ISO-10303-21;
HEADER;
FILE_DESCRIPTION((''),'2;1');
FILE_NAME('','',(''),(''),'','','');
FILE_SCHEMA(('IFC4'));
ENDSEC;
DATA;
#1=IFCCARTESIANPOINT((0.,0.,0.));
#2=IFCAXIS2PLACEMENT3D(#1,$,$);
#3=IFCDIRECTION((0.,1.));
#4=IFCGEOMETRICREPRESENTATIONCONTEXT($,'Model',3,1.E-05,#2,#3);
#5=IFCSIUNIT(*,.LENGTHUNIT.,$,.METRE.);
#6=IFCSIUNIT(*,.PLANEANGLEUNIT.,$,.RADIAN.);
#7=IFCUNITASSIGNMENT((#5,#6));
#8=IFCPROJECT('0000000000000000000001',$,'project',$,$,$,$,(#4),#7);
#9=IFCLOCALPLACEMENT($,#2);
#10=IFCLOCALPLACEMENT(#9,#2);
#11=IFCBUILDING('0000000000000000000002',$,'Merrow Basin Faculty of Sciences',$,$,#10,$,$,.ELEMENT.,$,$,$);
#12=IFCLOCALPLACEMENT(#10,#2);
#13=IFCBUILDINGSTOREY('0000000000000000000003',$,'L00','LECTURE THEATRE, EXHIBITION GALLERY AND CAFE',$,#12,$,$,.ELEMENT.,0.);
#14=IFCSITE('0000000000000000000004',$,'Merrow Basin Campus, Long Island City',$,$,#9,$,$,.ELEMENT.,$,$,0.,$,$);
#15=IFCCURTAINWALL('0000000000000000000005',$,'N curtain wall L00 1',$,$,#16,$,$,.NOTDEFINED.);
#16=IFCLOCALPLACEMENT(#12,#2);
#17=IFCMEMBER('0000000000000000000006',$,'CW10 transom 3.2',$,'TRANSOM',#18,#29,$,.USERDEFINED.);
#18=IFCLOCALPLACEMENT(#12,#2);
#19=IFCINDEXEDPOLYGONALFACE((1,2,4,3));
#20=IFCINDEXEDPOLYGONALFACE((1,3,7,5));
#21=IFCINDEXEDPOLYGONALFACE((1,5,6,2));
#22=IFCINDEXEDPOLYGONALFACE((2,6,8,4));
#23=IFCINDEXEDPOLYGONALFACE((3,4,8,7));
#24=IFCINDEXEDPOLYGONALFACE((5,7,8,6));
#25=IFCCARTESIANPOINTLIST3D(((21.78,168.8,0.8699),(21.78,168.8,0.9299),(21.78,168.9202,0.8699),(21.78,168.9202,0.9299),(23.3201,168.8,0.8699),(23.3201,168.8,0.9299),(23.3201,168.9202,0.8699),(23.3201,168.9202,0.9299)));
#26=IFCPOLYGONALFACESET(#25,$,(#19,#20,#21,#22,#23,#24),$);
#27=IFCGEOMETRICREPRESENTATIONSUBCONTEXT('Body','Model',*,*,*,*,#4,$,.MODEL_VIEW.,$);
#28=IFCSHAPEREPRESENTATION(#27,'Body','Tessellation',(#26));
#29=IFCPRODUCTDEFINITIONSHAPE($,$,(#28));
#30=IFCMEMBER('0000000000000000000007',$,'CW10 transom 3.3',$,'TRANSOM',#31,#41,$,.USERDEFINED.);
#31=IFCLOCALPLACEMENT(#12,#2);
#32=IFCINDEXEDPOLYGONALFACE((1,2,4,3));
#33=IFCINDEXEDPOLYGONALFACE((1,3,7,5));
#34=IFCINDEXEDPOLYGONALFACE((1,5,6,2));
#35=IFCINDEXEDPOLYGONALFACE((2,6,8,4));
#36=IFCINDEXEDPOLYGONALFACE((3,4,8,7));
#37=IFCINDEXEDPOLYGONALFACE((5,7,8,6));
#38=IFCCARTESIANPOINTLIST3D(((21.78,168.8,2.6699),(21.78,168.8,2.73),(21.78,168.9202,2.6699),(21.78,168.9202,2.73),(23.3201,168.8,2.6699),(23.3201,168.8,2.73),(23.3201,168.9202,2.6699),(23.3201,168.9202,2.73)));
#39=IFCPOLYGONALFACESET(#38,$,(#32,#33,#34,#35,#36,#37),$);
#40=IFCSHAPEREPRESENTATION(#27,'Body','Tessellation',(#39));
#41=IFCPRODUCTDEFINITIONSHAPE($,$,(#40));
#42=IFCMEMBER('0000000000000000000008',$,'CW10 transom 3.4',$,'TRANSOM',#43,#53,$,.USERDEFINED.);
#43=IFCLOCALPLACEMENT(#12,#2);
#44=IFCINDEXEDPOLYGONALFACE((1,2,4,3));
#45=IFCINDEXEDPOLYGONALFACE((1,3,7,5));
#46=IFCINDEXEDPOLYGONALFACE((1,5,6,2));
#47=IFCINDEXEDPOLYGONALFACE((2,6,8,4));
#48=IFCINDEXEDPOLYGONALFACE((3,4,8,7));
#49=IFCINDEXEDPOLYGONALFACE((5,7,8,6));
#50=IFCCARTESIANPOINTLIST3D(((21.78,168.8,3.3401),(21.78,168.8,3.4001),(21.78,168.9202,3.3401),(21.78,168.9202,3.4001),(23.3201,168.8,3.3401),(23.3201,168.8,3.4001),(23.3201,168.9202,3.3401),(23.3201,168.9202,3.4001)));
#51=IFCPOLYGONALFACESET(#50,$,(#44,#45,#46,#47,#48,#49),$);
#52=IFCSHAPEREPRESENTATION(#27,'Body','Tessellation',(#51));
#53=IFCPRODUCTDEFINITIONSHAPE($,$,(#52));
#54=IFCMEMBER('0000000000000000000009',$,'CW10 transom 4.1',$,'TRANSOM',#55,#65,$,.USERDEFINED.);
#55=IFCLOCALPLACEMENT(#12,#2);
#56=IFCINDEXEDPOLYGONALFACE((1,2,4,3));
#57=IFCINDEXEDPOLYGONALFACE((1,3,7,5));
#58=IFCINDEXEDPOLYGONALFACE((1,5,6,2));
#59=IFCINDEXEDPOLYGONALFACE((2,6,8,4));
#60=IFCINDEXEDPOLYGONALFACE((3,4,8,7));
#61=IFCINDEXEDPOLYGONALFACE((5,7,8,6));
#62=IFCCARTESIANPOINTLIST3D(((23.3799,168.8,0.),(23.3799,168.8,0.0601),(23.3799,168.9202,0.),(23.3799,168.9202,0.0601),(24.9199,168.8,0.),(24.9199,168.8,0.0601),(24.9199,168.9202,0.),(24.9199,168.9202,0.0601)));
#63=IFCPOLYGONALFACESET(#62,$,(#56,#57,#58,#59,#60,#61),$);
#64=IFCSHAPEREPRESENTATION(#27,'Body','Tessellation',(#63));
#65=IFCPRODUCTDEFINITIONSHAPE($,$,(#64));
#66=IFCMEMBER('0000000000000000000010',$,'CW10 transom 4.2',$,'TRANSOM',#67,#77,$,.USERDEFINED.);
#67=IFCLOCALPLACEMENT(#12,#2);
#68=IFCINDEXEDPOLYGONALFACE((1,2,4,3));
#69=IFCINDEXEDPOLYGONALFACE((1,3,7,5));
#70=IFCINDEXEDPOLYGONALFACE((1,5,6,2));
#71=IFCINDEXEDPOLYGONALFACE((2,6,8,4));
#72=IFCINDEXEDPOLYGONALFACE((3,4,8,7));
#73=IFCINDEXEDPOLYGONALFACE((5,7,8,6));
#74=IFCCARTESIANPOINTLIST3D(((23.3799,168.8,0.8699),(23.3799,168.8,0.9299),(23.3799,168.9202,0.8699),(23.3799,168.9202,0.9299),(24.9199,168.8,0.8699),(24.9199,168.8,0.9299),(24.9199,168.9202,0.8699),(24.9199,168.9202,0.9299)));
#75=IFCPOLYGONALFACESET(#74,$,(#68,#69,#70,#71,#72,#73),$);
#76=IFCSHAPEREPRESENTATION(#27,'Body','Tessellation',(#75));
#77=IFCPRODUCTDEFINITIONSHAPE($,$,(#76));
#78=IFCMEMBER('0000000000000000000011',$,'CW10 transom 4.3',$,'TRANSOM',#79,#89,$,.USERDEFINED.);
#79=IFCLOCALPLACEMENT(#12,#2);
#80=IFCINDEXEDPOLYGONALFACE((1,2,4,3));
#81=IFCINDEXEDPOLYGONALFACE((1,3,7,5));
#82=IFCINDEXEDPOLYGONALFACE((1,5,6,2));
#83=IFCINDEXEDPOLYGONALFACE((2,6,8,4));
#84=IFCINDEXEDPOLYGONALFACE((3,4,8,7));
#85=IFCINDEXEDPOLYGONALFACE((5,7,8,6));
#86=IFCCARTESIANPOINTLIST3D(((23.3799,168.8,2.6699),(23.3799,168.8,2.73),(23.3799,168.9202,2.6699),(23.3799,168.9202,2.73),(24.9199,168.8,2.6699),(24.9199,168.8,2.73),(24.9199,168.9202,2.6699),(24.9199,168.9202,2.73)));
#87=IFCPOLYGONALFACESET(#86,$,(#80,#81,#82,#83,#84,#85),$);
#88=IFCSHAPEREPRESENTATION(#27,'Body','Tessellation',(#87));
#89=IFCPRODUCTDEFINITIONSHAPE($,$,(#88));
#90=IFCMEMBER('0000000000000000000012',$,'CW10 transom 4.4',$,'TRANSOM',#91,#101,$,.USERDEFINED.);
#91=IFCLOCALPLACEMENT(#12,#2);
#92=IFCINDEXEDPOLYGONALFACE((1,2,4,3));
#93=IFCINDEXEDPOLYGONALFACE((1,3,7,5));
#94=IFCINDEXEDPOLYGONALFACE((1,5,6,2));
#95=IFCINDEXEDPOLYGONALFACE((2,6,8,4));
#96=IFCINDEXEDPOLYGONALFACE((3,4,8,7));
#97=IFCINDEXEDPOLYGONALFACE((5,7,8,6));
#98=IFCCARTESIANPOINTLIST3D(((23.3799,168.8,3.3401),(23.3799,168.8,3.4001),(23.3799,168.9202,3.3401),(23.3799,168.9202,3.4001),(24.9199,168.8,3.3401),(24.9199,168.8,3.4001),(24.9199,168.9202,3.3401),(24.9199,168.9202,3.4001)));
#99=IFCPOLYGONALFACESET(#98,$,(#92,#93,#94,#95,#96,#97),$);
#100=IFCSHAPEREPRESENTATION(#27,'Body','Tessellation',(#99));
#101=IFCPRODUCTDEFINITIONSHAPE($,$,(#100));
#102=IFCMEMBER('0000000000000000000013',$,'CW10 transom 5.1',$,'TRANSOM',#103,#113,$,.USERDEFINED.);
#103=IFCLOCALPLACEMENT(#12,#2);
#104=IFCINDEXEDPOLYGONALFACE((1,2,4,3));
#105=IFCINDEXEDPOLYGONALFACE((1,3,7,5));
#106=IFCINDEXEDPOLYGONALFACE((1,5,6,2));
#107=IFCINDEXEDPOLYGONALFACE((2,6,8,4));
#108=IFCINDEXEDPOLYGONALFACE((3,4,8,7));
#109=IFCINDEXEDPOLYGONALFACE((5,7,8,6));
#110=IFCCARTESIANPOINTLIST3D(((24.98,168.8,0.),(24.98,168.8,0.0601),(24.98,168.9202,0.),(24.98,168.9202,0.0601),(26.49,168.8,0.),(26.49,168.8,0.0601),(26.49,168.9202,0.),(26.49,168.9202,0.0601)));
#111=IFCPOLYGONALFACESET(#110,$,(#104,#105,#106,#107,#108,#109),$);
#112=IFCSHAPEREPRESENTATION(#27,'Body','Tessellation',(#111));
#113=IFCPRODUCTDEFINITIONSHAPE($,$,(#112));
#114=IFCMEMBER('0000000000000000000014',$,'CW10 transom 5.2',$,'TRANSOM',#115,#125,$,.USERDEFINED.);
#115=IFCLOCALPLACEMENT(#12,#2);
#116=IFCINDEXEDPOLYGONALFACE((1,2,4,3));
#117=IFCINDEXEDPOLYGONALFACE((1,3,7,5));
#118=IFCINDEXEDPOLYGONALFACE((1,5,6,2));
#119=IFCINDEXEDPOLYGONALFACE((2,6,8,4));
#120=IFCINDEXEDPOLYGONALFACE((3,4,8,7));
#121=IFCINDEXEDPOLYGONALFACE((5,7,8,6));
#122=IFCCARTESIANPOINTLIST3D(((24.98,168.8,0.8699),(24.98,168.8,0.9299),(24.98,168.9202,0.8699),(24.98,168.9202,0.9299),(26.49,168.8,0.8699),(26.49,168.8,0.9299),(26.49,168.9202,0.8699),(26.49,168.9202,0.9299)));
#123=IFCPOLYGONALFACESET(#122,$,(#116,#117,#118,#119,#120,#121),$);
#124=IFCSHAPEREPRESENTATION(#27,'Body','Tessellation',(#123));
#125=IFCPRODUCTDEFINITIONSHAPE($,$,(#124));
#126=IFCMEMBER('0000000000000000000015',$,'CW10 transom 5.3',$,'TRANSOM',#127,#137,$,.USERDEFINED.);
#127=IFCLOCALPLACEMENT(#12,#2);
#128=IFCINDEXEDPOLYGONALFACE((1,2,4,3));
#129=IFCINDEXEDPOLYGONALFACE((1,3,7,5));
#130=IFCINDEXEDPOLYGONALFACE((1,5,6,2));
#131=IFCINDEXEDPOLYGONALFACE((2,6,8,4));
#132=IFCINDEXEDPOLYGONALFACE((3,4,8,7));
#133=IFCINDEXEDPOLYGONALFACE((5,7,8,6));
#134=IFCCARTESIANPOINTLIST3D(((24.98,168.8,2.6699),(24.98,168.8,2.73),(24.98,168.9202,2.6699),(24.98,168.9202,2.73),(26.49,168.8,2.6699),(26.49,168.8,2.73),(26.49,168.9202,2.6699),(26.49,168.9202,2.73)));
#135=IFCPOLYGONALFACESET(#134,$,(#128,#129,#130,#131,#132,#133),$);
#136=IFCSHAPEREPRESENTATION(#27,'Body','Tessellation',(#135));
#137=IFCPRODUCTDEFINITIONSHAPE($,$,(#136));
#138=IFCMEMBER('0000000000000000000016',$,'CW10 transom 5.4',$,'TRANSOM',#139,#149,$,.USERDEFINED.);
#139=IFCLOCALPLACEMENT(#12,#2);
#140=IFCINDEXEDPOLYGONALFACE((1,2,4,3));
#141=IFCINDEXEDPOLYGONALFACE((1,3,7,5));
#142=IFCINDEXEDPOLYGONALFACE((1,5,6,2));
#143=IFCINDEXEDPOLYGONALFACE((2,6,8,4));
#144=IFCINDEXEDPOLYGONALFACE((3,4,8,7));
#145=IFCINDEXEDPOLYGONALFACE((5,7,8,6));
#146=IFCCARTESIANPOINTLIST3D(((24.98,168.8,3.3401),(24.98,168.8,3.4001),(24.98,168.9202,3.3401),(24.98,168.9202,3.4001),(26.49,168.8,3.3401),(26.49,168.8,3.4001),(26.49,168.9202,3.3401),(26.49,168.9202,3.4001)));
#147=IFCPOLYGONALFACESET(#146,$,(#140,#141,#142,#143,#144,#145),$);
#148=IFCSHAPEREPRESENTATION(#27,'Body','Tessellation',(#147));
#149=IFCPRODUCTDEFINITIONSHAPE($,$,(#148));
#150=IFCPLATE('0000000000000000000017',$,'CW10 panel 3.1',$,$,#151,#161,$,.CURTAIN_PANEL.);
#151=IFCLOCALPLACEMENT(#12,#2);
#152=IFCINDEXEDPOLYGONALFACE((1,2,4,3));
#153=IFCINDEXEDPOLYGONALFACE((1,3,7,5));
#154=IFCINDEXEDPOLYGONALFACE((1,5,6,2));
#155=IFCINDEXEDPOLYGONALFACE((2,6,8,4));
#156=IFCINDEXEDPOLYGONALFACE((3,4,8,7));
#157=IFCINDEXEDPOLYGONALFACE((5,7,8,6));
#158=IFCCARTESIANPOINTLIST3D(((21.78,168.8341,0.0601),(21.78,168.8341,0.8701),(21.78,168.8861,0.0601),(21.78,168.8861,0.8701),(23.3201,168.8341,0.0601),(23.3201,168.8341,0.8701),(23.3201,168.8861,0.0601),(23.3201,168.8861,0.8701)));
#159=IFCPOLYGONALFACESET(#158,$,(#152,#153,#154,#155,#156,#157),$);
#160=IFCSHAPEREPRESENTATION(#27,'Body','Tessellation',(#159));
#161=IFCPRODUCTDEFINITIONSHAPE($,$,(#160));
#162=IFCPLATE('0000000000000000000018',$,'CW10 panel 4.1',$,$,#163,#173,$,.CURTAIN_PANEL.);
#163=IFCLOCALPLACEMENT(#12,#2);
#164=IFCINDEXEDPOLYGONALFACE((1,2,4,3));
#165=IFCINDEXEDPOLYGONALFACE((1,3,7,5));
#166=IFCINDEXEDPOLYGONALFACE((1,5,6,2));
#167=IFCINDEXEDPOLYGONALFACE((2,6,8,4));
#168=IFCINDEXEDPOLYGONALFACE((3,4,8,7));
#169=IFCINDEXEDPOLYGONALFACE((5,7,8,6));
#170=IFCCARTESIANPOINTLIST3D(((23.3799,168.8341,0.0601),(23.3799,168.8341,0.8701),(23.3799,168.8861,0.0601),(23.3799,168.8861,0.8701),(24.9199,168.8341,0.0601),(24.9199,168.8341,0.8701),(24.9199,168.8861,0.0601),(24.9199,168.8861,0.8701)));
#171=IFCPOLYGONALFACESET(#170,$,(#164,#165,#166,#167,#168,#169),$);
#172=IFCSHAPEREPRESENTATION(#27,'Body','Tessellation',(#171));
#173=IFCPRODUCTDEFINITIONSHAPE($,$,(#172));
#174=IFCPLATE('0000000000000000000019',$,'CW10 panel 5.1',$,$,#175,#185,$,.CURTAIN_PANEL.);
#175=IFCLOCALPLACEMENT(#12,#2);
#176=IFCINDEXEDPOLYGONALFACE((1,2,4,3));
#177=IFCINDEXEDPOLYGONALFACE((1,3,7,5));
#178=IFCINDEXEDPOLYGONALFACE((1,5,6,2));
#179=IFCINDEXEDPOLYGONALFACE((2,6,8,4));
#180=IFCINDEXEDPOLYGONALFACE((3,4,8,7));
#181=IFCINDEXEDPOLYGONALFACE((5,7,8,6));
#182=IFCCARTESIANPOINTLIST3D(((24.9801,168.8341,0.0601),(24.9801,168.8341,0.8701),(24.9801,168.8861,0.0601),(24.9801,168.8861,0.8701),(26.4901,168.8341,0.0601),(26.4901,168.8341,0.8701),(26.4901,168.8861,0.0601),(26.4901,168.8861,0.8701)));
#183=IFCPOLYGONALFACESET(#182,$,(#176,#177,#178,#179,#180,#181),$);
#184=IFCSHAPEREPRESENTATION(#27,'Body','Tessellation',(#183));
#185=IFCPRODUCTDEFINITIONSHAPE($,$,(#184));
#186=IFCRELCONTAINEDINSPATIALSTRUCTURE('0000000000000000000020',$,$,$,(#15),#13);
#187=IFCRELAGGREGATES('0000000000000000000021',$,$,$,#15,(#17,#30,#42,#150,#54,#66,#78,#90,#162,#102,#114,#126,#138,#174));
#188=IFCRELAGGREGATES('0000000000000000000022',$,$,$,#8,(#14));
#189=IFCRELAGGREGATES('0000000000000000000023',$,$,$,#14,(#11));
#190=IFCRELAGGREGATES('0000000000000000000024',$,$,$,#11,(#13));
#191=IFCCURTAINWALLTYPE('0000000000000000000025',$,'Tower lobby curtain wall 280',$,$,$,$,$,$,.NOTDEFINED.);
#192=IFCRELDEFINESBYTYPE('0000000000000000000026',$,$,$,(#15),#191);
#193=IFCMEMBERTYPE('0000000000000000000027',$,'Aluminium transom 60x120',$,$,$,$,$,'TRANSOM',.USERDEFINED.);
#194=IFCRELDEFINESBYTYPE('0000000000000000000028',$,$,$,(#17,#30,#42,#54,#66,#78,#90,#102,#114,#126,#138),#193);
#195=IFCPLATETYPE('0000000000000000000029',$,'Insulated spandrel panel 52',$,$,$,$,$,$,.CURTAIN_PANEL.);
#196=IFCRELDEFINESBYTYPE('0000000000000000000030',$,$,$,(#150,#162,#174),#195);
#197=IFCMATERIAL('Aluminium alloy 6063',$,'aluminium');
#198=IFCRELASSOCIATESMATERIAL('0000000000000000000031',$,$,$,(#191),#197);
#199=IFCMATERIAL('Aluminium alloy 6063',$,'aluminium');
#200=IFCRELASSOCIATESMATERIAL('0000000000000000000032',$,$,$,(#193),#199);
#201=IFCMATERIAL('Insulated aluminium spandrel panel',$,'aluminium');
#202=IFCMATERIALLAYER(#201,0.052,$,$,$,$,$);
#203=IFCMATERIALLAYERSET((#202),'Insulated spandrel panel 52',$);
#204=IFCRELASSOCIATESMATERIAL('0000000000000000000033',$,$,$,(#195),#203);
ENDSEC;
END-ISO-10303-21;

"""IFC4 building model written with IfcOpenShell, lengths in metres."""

from ifc_helpers import new_model, si_unit, direction, frame, origin, origin_2d, place, context, subcontext, project, spatial, rectangle, extrude, material, layer, layer_set, material_profile, profile_set, type_object, element, aggregate, save


model = new_model("IFC4")

# Units and contexts
model_context = context("Model", 3, precision=1e-05, world=origin(), true_north=direction((0.0, 1.0)))
body_context = subcontext(model_context, "Body", "Model", "MODEL_VIEW")
ifc_project = project(units=[si_unit("LENGTHUNIT", "METRE"), si_unit("PLANEANGLEUNIT", "RADIAN")], contexts=[model_context])

# Site, building, storey
site_placement = place(None, origin())
site = spatial("IfcSite", under=ifc_project, at=site_placement, Name="Merrow Basin Campus, Long Island City", CompositionType="ELEMENT", RefElevation=0.0)
building_placement = place(site_placement, origin())
building = spatial("IfcBuilding", under=site, at=building_placement, Name="Merrow Basin Faculty of Sciences", CompositionType="ELEMENT")
storey_placement = place(building_placement, origin())
storey = spatial("IfcBuildingStorey", under=building, at=storey_placement, Name="L00", Description="LECTURE THEATRE, EXHIBITION GALLERY AND CAFE", CompositionType="ELEMENT", Elevation=0.0)

# Curtain wall
ifc_material_1 = material(Name="Aluminium alloy 6063", Category="aluminium")
curtain_wall_type = type_object("IfcCurtainWallType", Name="Tower lobby curtain wall 280", PredefinedType="NOTDEFINED", material=ifc_material_1)
curtain_wall_1_placement = place(storey_placement, origin())
curtain_wall_1 = element("IfcCurtainWall", 1, at=curtain_wall_1_placement, inside=storey, type_object=curtain_wall_type, Name="N curtain wall L00 1", PredefinedType="NOTDEFINED")

# Members
ifc_material_2 = material(Name="Aluminium alloy 6063", Category="aluminium")
ifc_material_profile_1 = material_profile(ifc_material_2, rectangle(XDim=0.1201, YDim=0.0601, at=origin_2d()))
ifc_profile_set_1 = profile_set([ifc_material_profile_1], Name="Aluminium alloy 6063")
member_type_1 = type_object("IfcMemberType", Name="Aluminium transom 60x120", ElementType="TRANSOM", PredefinedType="USERDEFINED", material=ifc_profile_set_1)
member_1_placement = place(storey_placement, frame((21.78, 168.8601, 0.8999), z_axis=(1.0, 0.0, 0.0), x_axis=(0.0, 1.0, 0.0)))
member_1 = element("IfcMember", 2, at=member_1_placement, type_object=member_type_1, Name="CW10 transom 3.2", ObjectType="TRANSOM", PredefinedType="USERDEFINED", context=body_context, shape_type="SweptSolid", body=[
    extrude(rectangle(XDim=0.1201, YDim=0.0601, at=origin_2d()), origin(), (0.0, 0.0, 1.0), 1.54),
])
member_2_placement = place(storey_placement, frame((21.78, 168.8601, 2.7), z_axis=(1.0, 0.0, 0.0), x_axis=(0.0, 1.0, 0.0)))
member_2 = element("IfcMember", 3, at=member_2_placement, type_object=member_type_1, Name="CW10 transom 3.3", ObjectType="TRANSOM", PredefinedType="USERDEFINED", context=body_context, shape_type="SweptSolid", body=[
    extrude(rectangle(XDim=0.1201, YDim=0.0601, at=origin_2d()), origin(), (0.0, 0.0, 1.0), 1.54),
])
member_3_placement = place(storey_placement, frame((21.78, 168.8601, 3.3701), z_axis=(1.0, 0.0, 0.0), x_axis=(0.0, 1.0, 0.0)))
member_3 = element("IfcMember", 4, at=member_3_placement, type_object=member_type_1, Name="CW10 transom 3.4", ObjectType="TRANSOM", PredefinedType="USERDEFINED", context=body_context, shape_type="SweptSolid", body=[
    extrude(rectangle(XDim=0.1201, YDim=0.0601, at=origin_2d()), origin(), (0.0, 0.0, 1.0), 1.54),
])
member_4_placement = place(storey_placement, frame((23.3799, 168.8601, 0.03), z_axis=(1.0, 0.0, 0.0), x_axis=(0.0, 1.0, 0.0)))
member_4 = element("IfcMember", 5, at=member_4_placement, type_object=member_type_1, Name="CW10 transom 4.1", ObjectType="TRANSOM", PredefinedType="USERDEFINED", context=body_context, shape_type="SweptSolid", body=[
    extrude(rectangle(XDim=0.1201, YDim=0.0601, at=origin_2d()), origin(), (0.0, 0.0, 1.0), 1.54),
])
member_5_placement = place(storey_placement, frame((23.3799, 168.8601, 0.8999), z_axis=(1.0, 0.0, 0.0), x_axis=(0.0, 1.0, 0.0)))
member_5 = element("IfcMember", 6, at=member_5_placement, type_object=member_type_1, Name="CW10 transom 4.2", ObjectType="TRANSOM", PredefinedType="USERDEFINED", context=body_context, shape_type="SweptSolid", body=[
    extrude(rectangle(XDim=0.1201, YDim=0.0601, at=origin_2d()), origin(), (0.0, 0.0, 1.0), 1.54),
])
member_6_placement = place(storey_placement, frame((23.3799, 168.8601, 2.7), z_axis=(1.0, 0.0, 0.0), x_axis=(0.0, 1.0, 0.0)))
member_6 = element("IfcMember", 7, at=member_6_placement, type_object=member_type_1, Name="CW10 transom 4.3", ObjectType="TRANSOM", PredefinedType="USERDEFINED", context=body_context, shape_type="SweptSolid", body=[
    extrude(rectangle(XDim=0.1201, YDim=0.0601, at=origin_2d()), origin(), (0.0, 0.0, 1.0), 1.54),
])
member_7_placement = place(storey_placement, frame((23.3799, 168.8601, 3.3701), z_axis=(1.0, 0.0, 0.0), x_axis=(0.0, 1.0, 0.0)))
member_7 = element("IfcMember", 8, at=member_7_placement, type_object=member_type_1, Name="CW10 transom 4.4", ObjectType="TRANSOM", PredefinedType="USERDEFINED", context=body_context, shape_type="SweptSolid", body=[
    extrude(rectangle(XDim=0.1201, YDim=0.0601, at=origin_2d()), origin(), (0.0, 0.0, 1.0), 1.54),
])
member_8_placement = place(storey_placement, frame((24.98, 168.8601, 0.03), z_axis=(1.0, 0.0, 0.0), x_axis=(0.0, 1.0, 0.0)))
member_8 = element("IfcMember", 9, at=member_8_placement, type_object=member_type_1, Name="CW10 transom 5.1", ObjectType="TRANSOM", PredefinedType="USERDEFINED", context=body_context, shape_type="SweptSolid", body=[
    extrude(rectangle(XDim=0.1201, YDim=0.0601, at=origin_2d()), origin(), (0.0, 0.0, 1.0), 1.51),
])
member_9_placement = place(storey_placement, frame((24.98, 168.8601, 0.8999), z_axis=(1.0, 0.0, 0.0), x_axis=(0.0, 1.0, 0.0)))
member_9 = element("IfcMember", 10, at=member_9_placement, type_object=member_type_1, Name="CW10 transom 5.2", ObjectType="TRANSOM", PredefinedType="USERDEFINED", context=body_context, shape_type="SweptSolid", body=[
    extrude(rectangle(XDim=0.1201, YDim=0.0601, at=origin_2d()), origin(), (0.0, 0.0, 1.0), 1.51),
])
member_10_placement = place(storey_placement, frame((24.98, 168.8601, 2.7), z_axis=(1.0, 0.0, 0.0), x_axis=(0.0, 1.0, 0.0)))
member_10 = element("IfcMember", 11, at=member_10_placement, type_object=member_type_1, Name="CW10 transom 5.3", ObjectType="TRANSOM", PredefinedType="USERDEFINED", context=body_context, shape_type="SweptSolid", body=[
    extrude(rectangle(XDim=0.1201, YDim=0.0601, at=origin_2d()), origin(), (0.0, 0.0, 1.0), 1.51),
])
member_11_placement = place(storey_placement, frame((24.98, 168.8601, 3.3701), z_axis=(1.0, 0.0, 0.0), x_axis=(0.0, 1.0, 0.0)))
member_11 = element("IfcMember", 12, at=member_11_placement, type_object=member_type_1, Name="CW10 transom 5.4", ObjectType="TRANSOM", PredefinedType="USERDEFINED", context=body_context, shape_type="SweptSolid", body=[
    extrude(rectangle(XDim=0.1201, YDim=0.0601, at=origin_2d()), origin(), (0.0, 0.0, 1.0), 1.51),
])

# Plates
ifc_material_3 = material(Name="Insulated aluminium spandrel panel", Category="aluminium")
ifc_layer_1 = layer(ifc_material_3, 0.052)
ifc_layer_set_1 = layer_set([ifc_layer_1], Name="Insulated spandrel panel 52")
plate_type_1 = type_object("IfcPlateType", Name="Insulated spandrel panel 52", PredefinedType="CURTAIN_PANEL", material=ifc_layer_set_1)
plate_1_placement = place(storey_placement, frame((22.55, 168.8601, 0.0601), z_axis=(0.0, 0.0, 1.0), x_axis=(1.0, 0.0, 0.0)))
plate_1 = element("IfcPlate", 13, at=plate_1_placement, type_object=plate_type_1, Name="CW10 panel 3.1", PredefinedType="CURTAIN_PANEL", context=body_context, shape_type="SweptSolid", body=[
    extrude(rectangle(XDim=1.54, YDim=0.052, at=origin_2d()), origin(), (0.0, 0.0, 1.0), 0.8101),
])
plate_2_placement = place(storey_placement, frame((24.1499, 168.8601, 0.0601), z_axis=(0.0, 0.0, 1.0), x_axis=(1.0, 0.0, 0.0)))
plate_2 = element("IfcPlate", 14, at=plate_2_placement, type_object=plate_type_1, Name="CW10 panel 4.1", PredefinedType="CURTAIN_PANEL", context=body_context, shape_type="SweptSolid", body=[
    extrude(rectangle(XDim=1.54, YDim=0.052, at=origin_2d()), origin(), (0.0, 0.0, 1.0), 0.8101),
])
plate_3_placement = place(storey_placement, frame((25.7351, 168.8601, 0.0601), z_axis=(0.0, 0.0, 1.0), x_axis=(1.0, 0.0, 0.0)))
plate_3 = element("IfcPlate", 15, at=plate_3_placement, type_object=plate_type_1, Name="CW10 panel 5.1", PredefinedType="CURTAIN_PANEL", context=body_context, shape_type="SweptSolid", body=[
    extrude(rectangle(XDim=1.51, YDim=0.052, at=origin_2d()), origin(), (0.0, 0.0, 1.0), 0.8101),
])
aggregate(curtain_wall_1, [member_1, member_2, member_3, plate_1, member_4, member_5, member_6, member_7, plate_2, member_8, member_9, member_10, member_11, plate_3])

save(model, "model.ifc")
